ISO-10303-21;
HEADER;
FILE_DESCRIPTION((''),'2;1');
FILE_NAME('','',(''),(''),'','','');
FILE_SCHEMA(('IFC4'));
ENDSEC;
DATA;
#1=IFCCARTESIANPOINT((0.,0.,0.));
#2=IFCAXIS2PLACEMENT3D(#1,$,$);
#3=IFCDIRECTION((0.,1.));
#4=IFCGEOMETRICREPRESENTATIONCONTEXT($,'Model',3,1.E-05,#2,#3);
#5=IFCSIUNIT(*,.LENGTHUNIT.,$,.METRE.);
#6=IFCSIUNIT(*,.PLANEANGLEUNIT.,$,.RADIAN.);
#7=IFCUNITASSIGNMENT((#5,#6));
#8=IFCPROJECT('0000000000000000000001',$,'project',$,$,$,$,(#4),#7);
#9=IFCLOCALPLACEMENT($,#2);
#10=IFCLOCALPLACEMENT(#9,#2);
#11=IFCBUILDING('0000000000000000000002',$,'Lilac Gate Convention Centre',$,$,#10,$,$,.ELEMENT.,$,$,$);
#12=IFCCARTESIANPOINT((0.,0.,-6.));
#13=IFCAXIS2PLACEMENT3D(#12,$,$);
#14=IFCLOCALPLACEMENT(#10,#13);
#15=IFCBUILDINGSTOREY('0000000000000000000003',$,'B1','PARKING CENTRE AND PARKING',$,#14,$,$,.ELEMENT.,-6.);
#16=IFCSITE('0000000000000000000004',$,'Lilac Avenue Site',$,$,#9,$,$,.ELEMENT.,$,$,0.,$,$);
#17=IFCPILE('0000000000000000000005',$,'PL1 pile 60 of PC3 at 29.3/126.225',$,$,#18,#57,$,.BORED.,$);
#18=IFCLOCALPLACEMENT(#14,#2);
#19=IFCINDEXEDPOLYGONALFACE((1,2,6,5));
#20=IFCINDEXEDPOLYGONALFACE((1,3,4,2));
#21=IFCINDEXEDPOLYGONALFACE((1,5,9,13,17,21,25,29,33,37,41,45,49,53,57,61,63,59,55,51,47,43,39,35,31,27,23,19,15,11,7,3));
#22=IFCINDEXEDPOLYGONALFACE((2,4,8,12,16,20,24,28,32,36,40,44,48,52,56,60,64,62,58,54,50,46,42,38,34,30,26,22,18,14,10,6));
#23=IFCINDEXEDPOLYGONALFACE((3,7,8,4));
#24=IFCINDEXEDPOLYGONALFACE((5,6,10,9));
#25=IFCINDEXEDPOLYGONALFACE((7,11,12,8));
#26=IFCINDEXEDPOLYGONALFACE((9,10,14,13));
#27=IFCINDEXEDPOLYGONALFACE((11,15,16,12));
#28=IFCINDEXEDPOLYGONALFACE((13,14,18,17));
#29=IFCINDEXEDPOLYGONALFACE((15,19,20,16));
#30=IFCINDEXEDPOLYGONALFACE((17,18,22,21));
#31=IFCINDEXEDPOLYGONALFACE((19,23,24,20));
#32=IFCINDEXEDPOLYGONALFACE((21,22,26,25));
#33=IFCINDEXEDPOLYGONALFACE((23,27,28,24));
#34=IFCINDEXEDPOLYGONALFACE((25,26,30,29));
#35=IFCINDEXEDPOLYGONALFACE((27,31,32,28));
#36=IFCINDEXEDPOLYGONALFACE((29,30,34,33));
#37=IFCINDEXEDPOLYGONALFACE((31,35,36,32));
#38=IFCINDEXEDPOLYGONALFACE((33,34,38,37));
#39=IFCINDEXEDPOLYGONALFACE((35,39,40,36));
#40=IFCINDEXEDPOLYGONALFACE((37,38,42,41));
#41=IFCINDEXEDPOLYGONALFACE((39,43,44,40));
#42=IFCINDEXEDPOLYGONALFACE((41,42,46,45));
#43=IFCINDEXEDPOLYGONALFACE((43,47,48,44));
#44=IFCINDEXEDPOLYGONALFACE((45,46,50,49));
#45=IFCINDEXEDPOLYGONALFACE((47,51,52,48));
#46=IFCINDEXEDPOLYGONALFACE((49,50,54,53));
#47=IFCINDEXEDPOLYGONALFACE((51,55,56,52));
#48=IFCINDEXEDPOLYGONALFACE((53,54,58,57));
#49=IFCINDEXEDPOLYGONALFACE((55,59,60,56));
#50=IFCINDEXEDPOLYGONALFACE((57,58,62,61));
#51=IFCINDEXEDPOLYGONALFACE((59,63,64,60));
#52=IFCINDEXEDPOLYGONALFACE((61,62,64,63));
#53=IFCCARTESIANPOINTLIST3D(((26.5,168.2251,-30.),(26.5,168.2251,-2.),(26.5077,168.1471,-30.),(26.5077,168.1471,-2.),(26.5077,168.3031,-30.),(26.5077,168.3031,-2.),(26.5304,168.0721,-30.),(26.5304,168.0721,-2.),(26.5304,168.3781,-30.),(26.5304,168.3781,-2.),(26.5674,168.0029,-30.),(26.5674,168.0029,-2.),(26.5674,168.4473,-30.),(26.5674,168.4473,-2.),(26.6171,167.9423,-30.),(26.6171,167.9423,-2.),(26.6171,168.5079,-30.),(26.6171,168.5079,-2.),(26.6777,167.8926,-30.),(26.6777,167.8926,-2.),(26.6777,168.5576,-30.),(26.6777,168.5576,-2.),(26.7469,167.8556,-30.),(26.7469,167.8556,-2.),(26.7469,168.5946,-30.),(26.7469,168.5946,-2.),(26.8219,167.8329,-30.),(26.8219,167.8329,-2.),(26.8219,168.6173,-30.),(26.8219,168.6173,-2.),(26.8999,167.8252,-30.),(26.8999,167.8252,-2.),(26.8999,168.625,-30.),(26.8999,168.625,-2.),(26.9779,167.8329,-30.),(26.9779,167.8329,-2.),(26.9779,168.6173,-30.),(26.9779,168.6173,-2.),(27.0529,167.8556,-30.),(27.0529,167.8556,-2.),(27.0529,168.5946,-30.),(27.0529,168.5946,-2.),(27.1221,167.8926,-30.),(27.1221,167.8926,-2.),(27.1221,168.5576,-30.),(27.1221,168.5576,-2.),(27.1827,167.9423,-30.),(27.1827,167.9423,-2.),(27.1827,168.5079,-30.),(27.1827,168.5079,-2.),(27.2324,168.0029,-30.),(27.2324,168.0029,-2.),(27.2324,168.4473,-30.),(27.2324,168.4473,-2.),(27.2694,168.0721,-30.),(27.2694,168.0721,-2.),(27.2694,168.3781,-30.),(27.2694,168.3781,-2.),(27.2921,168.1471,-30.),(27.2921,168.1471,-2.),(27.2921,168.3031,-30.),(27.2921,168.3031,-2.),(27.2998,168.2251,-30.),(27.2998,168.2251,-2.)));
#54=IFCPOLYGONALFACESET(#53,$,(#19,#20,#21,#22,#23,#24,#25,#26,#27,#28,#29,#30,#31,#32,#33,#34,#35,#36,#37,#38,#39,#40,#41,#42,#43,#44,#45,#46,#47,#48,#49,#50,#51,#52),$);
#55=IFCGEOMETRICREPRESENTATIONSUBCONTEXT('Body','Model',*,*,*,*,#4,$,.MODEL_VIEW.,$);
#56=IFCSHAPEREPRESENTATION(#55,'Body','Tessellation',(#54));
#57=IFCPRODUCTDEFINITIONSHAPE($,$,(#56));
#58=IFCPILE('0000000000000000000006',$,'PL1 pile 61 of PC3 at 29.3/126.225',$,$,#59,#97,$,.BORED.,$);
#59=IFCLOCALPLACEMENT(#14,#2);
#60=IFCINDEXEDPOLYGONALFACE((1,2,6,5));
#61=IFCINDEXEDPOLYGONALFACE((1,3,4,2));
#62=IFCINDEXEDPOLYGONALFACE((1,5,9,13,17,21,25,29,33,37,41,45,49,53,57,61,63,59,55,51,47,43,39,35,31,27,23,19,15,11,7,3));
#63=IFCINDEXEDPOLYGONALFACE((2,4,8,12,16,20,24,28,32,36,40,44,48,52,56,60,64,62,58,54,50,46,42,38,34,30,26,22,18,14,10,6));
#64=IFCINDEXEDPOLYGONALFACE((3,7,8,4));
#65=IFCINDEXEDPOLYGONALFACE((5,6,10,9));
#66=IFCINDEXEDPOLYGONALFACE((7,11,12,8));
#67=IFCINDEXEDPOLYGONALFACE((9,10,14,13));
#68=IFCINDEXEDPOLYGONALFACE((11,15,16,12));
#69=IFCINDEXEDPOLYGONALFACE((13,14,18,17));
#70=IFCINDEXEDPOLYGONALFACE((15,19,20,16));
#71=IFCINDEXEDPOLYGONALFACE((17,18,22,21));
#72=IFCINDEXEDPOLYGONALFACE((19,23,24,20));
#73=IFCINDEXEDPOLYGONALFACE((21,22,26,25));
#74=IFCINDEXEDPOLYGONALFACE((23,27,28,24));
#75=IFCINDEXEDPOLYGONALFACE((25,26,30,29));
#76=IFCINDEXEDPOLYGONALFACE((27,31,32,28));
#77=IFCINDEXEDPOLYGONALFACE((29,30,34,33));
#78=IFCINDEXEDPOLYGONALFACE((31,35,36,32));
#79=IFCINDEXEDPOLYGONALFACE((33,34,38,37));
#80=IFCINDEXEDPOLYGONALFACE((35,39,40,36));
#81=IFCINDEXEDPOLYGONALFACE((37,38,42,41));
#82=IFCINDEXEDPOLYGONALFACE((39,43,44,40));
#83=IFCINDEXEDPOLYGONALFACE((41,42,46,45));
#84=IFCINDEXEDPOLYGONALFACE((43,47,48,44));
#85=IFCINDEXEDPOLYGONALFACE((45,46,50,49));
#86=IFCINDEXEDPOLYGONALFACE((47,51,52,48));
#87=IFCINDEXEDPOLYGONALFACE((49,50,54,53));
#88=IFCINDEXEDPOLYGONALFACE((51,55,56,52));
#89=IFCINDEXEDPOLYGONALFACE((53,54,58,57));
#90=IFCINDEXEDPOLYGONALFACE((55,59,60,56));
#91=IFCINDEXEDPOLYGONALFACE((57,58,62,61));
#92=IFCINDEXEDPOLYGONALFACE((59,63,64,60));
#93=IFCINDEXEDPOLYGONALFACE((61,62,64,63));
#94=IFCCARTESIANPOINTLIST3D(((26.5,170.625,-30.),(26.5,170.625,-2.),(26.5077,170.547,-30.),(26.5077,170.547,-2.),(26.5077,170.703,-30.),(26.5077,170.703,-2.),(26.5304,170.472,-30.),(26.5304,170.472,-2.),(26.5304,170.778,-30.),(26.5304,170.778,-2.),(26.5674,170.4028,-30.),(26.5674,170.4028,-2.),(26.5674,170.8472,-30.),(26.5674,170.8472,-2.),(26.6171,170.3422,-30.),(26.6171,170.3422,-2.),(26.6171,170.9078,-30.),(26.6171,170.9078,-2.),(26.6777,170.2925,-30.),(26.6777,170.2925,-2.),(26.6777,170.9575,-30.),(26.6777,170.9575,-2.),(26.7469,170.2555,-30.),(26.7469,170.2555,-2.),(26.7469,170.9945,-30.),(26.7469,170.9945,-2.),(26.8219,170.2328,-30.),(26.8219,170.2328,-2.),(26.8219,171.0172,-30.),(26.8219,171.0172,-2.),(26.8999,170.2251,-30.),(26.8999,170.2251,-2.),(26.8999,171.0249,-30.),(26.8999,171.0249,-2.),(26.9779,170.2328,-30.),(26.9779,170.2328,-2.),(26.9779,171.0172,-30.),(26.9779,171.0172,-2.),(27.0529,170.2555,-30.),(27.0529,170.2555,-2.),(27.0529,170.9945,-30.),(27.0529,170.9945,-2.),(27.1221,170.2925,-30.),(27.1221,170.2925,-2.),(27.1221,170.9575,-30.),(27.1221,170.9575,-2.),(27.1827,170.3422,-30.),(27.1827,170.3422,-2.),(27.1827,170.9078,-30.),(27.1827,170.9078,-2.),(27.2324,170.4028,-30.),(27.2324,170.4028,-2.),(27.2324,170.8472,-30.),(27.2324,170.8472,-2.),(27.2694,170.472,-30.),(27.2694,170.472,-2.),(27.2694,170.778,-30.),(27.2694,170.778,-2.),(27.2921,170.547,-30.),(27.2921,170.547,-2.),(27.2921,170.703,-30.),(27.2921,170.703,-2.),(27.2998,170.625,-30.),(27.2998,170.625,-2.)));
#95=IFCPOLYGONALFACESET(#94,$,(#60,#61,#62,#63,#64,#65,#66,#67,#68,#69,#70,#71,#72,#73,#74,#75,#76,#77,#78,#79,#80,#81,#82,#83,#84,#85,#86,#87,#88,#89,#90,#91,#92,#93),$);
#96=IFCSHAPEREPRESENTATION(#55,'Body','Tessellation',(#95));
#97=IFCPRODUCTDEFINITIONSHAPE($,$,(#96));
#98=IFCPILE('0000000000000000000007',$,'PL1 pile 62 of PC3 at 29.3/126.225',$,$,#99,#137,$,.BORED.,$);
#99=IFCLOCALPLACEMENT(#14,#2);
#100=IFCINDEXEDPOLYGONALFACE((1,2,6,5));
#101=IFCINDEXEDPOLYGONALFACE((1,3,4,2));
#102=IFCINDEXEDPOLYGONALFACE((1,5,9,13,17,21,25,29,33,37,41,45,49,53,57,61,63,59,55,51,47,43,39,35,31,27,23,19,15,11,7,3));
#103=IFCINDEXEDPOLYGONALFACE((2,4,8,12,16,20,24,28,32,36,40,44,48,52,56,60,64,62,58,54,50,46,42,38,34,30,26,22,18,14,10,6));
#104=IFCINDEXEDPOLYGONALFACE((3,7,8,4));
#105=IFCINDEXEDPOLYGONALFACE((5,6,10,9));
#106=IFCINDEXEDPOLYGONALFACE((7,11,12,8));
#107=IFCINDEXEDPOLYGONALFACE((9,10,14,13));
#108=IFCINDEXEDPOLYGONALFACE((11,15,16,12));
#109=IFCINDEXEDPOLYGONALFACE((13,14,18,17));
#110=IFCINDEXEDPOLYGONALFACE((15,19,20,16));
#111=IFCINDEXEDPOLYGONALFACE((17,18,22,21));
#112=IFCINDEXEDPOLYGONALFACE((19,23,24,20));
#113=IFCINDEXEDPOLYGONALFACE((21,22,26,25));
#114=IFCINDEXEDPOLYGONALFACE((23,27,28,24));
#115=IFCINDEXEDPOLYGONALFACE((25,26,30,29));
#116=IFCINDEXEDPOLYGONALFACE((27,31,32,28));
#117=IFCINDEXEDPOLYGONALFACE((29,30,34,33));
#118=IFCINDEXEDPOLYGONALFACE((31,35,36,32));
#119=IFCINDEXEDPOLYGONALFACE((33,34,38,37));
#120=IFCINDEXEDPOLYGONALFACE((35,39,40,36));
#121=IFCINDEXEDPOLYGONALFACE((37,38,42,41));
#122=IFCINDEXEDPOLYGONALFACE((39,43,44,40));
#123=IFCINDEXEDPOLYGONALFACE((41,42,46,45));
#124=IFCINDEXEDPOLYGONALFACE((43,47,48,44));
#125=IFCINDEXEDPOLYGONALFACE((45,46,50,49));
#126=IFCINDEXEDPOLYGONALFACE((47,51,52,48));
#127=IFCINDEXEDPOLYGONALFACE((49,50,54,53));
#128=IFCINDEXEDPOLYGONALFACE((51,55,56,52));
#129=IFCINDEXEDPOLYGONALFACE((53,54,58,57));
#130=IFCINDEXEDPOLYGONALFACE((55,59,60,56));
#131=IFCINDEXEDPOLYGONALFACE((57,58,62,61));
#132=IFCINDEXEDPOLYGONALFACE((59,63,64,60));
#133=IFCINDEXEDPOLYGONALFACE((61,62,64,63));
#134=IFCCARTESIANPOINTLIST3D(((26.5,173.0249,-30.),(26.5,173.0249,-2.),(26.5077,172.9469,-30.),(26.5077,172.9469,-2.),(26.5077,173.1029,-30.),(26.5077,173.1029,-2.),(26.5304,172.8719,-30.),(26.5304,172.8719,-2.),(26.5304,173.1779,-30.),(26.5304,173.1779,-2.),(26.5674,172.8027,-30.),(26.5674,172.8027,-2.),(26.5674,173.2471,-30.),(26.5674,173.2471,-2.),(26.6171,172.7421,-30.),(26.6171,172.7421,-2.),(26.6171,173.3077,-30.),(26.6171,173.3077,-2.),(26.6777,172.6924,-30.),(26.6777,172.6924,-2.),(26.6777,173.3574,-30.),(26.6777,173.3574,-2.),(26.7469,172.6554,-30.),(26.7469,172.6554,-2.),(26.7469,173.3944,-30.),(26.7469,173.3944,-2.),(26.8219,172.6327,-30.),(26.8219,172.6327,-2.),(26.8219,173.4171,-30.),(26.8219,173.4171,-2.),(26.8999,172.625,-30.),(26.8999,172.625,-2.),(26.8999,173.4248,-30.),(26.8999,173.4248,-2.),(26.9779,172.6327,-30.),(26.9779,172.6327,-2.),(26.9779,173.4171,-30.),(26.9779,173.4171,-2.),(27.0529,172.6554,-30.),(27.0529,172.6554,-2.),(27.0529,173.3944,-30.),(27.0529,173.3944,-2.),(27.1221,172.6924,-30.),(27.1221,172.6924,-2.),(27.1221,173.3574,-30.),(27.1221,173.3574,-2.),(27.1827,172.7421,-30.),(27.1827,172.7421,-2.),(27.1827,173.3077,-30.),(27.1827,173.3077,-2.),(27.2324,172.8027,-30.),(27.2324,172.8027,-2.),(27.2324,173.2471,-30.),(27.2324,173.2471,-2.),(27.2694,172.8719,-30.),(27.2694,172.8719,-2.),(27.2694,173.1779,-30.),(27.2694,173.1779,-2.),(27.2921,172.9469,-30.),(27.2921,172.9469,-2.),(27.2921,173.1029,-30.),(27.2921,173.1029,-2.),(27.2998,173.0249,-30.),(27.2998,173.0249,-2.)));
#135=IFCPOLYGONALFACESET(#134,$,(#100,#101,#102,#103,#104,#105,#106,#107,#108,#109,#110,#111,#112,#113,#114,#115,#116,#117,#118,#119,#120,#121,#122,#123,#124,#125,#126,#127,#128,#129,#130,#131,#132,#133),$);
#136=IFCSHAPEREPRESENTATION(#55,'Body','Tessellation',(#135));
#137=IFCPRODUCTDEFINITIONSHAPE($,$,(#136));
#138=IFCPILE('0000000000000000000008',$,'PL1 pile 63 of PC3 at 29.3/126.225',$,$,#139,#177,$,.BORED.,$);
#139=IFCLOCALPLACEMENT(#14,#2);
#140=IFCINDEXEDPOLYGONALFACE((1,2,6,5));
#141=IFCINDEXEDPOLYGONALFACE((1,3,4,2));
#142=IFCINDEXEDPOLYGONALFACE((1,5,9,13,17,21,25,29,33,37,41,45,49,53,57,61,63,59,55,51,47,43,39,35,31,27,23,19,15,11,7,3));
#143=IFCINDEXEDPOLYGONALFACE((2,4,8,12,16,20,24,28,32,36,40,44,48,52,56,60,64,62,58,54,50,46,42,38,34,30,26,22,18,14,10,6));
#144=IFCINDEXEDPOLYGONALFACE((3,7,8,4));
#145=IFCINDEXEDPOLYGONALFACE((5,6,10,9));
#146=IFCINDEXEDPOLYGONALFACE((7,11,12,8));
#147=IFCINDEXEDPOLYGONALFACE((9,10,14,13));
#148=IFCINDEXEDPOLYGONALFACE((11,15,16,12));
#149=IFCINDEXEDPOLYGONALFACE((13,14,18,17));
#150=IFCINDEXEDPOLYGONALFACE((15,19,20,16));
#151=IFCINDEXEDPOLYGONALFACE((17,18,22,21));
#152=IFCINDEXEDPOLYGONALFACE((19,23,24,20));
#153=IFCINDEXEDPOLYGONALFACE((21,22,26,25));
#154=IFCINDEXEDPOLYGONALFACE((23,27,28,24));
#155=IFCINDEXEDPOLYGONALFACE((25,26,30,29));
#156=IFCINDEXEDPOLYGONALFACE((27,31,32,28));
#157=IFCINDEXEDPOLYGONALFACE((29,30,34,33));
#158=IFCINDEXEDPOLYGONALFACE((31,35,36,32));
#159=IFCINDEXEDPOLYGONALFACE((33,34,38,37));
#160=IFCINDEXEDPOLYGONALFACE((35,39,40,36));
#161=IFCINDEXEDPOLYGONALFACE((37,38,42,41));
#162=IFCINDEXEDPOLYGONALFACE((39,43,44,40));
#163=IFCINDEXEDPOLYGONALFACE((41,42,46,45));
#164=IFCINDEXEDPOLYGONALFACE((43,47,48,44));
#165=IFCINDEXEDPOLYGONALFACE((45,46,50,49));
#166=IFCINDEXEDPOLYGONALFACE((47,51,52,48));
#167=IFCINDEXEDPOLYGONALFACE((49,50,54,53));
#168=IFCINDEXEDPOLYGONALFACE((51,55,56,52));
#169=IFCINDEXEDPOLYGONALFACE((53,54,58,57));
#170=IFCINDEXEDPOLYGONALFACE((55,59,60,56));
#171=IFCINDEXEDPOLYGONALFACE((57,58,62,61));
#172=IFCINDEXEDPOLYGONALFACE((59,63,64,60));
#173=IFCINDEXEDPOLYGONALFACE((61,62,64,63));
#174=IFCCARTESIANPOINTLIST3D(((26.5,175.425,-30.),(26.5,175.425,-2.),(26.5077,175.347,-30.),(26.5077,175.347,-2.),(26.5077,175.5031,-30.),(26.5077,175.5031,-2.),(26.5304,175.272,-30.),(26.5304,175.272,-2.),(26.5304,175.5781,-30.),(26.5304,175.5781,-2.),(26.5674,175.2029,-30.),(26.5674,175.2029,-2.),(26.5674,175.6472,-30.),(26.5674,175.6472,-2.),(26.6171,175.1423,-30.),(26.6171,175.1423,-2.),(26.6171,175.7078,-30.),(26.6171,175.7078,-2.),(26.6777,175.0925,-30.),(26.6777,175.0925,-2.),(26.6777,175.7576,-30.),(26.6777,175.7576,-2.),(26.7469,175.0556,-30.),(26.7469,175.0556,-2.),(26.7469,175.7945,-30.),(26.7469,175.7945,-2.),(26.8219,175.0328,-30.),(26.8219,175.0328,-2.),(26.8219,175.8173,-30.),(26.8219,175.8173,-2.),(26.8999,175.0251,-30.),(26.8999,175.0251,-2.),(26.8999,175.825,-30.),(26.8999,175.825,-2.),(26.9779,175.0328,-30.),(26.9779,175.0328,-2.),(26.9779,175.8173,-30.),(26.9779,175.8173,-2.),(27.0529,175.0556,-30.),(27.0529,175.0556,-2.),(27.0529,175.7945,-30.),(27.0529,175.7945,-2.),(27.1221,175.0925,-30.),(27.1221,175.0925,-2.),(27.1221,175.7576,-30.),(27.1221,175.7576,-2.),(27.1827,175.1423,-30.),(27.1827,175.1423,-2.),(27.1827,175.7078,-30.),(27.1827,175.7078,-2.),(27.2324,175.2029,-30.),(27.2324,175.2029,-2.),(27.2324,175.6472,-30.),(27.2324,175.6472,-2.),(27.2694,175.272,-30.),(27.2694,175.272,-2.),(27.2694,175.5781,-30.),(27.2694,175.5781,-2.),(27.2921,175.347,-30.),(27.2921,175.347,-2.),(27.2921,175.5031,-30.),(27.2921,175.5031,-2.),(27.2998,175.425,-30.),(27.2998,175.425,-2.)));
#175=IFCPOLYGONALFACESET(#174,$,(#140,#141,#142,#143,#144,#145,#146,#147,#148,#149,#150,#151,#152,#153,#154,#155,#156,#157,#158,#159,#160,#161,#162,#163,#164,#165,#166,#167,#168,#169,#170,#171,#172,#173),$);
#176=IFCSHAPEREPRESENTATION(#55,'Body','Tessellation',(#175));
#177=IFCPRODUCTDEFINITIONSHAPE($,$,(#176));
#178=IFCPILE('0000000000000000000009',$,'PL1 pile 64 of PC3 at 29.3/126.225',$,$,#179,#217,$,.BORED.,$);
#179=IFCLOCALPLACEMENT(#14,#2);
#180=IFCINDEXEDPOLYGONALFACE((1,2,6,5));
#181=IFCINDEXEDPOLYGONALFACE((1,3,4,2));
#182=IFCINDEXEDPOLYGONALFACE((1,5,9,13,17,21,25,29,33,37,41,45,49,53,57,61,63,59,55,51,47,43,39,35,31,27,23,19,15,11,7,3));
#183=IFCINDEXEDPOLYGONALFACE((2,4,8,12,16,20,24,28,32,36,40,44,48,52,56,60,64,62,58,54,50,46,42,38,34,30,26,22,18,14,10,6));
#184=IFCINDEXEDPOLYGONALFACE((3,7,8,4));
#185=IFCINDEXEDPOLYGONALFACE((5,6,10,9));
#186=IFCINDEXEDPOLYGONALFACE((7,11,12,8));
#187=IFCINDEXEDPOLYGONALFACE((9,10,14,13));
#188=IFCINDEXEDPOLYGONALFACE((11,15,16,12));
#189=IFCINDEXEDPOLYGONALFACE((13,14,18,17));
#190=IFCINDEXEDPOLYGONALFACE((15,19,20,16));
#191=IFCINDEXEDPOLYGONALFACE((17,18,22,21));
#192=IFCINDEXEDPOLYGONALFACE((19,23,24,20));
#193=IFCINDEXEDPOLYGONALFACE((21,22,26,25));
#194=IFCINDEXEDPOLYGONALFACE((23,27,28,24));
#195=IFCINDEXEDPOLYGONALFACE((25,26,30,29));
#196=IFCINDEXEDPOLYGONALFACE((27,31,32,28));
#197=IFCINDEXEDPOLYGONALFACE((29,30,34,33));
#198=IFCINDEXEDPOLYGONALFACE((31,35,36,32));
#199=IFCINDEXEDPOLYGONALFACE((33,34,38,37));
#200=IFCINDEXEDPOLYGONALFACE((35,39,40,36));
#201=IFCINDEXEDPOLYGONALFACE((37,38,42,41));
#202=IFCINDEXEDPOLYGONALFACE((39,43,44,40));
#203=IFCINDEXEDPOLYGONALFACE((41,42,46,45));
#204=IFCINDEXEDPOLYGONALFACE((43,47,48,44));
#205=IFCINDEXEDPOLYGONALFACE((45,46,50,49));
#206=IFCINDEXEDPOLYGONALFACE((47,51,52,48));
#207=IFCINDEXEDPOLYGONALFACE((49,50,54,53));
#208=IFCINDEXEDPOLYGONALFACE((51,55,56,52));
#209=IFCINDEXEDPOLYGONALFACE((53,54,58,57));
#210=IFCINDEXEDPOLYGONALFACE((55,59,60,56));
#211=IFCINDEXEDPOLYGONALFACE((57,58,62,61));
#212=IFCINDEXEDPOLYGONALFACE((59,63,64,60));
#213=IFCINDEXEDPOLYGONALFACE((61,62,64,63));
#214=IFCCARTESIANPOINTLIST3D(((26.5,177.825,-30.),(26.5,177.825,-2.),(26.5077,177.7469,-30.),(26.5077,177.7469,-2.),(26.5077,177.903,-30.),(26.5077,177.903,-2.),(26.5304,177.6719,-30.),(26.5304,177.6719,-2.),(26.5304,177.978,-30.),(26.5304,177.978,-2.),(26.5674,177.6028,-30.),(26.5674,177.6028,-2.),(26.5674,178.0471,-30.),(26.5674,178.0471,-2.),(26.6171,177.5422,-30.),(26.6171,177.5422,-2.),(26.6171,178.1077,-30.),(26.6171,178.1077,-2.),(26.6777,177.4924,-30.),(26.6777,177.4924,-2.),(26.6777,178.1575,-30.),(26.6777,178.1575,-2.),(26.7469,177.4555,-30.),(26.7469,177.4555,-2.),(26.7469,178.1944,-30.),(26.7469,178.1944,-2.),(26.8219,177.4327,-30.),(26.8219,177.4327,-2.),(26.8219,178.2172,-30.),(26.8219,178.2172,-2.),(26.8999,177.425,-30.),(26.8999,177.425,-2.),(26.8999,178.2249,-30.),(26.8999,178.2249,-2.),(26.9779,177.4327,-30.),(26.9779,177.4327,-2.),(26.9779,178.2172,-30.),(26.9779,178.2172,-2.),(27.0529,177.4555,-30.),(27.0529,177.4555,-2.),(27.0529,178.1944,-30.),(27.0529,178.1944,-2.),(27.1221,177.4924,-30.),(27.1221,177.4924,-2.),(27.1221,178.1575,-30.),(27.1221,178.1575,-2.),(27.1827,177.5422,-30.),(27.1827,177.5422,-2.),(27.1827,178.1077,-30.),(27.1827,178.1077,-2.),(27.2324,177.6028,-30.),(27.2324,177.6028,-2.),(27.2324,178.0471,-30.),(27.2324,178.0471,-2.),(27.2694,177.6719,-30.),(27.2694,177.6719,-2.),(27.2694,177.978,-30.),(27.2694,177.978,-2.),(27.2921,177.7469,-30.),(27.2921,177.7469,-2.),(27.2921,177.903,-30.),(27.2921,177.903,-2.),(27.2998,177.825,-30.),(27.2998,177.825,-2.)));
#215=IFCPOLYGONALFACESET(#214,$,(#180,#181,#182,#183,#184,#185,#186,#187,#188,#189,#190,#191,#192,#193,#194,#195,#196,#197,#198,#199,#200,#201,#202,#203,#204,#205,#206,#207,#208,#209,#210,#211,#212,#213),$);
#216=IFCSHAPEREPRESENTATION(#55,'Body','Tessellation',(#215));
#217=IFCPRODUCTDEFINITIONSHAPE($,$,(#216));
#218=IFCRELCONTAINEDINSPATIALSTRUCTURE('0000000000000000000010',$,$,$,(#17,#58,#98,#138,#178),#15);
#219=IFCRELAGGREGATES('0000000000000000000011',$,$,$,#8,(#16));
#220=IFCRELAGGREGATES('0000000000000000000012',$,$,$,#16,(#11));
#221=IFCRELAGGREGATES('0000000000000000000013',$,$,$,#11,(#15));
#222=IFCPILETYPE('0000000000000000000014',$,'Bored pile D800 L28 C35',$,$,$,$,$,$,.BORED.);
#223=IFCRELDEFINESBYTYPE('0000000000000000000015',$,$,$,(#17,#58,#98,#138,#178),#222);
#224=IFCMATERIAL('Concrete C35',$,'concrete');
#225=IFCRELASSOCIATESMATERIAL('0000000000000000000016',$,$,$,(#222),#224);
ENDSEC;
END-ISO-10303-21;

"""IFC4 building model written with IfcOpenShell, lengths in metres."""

from ifc_helpers import new_model, si_unit, direction, frame, origin, origin_2d, place, context, subcontext, project, spatial, circle, extrude, material, material_profile, profile_set, type_object, element, save


model = new_model("IFC4")

# Units and contexts
model_context = context("Model", 3, precision=1e-05, world=origin(), true_north=direction((0.0, 1.0)))
body_context = subcontext(model_context, "Body", "Model", "MODEL_VIEW")
ifc_project = project(units=[si_unit("LENGTHUNIT", "METRE"), si_unit("PLANEANGLEUNIT", "RADIAN")], contexts=[model_context])

# Site, building, storey
site_placement = place(None, origin())
site = spatial("IfcSite", under=ifc_project, at=site_placement, Name="Lilac Avenue Site", CompositionType="ELEMENT", RefElevation=0.0)
building_placement = place(site_placement, origin())
building = spatial("IfcBuilding", under=site, at=building_placement, Name="Lilac Gate Convention Centre", CompositionType="ELEMENT")
storey_placement = place(building_placement, frame((0.0, 0.0, -6.0)))
storey = spatial("IfcBuildingStorey", under=building, at=storey_placement, Name="B1", Description="PARKING CENTRE AND PARKING", CompositionType="ELEMENT", Elevation=-6.0)

# Piles
ifc_material_1 = material(Name="Concrete C35", Category="concrete")
ifc_material_profile_1 = material_profile(ifc_material_1, circle(Radius=0.3999, at=origin_2d()), Name="D800")
ifc_profile_set_1 = profile_set([ifc_material_profile_1], Name="Concrete C35")
pile_type = type_object("IfcPileType", Name="Bored pile D800 L28 C35", PredefinedType="BORED", material=ifc_profile_set_1)
for number, where, z_axis, x_axis, name in (
    (1, (26.8999, 168.2251, -2.0), (0.0, 0.0, -1.0), (1.0, 0.0, 0.0), "PL1 pile 60 of PC3 at 29.3/126.225"),
    (2, (26.8999, 170.625, -2.0), (0.0, 0.0, -1.0), (1.0, 0.0, 0.0), "PL1 pile 61 of PC3 at 29.3/126.225"),
    (3, (26.8999, 173.0249, -2.0), (0.0, 0.0, -1.0), (1.0, 0.0, 0.0), "PL1 pile 62 of PC3 at 29.3/126.225"),
    (4, (26.8999, 175.425, -2.0), (0.0, 0.0, -1.0), (1.0, 0.0, 0.0), "PL1 pile 63 of PC3 at 29.3/126.225"),
    (5, (26.8999, 177.825, -2.0), (0.0, 0.0, -1.0), (1.0, 0.0, 0.0), "PL1 pile 64 of PC3 at 29.3/126.225"),
):
    element("IfcPile", number, at=place(storey_placement, frame(where, z_axis=z_axis, x_axis=x_axis)), inside=storey, type_object=pile_type, Name=name, PredefinedType="BORED", context=body_context, shape_type="SweptSolid", body=[
        extrude(circle(Radius=0.3999, at=origin_2d()), origin(), (0.0, 0.0, 1.0), 28.0),
    ])

save(model, "model.ifc")
